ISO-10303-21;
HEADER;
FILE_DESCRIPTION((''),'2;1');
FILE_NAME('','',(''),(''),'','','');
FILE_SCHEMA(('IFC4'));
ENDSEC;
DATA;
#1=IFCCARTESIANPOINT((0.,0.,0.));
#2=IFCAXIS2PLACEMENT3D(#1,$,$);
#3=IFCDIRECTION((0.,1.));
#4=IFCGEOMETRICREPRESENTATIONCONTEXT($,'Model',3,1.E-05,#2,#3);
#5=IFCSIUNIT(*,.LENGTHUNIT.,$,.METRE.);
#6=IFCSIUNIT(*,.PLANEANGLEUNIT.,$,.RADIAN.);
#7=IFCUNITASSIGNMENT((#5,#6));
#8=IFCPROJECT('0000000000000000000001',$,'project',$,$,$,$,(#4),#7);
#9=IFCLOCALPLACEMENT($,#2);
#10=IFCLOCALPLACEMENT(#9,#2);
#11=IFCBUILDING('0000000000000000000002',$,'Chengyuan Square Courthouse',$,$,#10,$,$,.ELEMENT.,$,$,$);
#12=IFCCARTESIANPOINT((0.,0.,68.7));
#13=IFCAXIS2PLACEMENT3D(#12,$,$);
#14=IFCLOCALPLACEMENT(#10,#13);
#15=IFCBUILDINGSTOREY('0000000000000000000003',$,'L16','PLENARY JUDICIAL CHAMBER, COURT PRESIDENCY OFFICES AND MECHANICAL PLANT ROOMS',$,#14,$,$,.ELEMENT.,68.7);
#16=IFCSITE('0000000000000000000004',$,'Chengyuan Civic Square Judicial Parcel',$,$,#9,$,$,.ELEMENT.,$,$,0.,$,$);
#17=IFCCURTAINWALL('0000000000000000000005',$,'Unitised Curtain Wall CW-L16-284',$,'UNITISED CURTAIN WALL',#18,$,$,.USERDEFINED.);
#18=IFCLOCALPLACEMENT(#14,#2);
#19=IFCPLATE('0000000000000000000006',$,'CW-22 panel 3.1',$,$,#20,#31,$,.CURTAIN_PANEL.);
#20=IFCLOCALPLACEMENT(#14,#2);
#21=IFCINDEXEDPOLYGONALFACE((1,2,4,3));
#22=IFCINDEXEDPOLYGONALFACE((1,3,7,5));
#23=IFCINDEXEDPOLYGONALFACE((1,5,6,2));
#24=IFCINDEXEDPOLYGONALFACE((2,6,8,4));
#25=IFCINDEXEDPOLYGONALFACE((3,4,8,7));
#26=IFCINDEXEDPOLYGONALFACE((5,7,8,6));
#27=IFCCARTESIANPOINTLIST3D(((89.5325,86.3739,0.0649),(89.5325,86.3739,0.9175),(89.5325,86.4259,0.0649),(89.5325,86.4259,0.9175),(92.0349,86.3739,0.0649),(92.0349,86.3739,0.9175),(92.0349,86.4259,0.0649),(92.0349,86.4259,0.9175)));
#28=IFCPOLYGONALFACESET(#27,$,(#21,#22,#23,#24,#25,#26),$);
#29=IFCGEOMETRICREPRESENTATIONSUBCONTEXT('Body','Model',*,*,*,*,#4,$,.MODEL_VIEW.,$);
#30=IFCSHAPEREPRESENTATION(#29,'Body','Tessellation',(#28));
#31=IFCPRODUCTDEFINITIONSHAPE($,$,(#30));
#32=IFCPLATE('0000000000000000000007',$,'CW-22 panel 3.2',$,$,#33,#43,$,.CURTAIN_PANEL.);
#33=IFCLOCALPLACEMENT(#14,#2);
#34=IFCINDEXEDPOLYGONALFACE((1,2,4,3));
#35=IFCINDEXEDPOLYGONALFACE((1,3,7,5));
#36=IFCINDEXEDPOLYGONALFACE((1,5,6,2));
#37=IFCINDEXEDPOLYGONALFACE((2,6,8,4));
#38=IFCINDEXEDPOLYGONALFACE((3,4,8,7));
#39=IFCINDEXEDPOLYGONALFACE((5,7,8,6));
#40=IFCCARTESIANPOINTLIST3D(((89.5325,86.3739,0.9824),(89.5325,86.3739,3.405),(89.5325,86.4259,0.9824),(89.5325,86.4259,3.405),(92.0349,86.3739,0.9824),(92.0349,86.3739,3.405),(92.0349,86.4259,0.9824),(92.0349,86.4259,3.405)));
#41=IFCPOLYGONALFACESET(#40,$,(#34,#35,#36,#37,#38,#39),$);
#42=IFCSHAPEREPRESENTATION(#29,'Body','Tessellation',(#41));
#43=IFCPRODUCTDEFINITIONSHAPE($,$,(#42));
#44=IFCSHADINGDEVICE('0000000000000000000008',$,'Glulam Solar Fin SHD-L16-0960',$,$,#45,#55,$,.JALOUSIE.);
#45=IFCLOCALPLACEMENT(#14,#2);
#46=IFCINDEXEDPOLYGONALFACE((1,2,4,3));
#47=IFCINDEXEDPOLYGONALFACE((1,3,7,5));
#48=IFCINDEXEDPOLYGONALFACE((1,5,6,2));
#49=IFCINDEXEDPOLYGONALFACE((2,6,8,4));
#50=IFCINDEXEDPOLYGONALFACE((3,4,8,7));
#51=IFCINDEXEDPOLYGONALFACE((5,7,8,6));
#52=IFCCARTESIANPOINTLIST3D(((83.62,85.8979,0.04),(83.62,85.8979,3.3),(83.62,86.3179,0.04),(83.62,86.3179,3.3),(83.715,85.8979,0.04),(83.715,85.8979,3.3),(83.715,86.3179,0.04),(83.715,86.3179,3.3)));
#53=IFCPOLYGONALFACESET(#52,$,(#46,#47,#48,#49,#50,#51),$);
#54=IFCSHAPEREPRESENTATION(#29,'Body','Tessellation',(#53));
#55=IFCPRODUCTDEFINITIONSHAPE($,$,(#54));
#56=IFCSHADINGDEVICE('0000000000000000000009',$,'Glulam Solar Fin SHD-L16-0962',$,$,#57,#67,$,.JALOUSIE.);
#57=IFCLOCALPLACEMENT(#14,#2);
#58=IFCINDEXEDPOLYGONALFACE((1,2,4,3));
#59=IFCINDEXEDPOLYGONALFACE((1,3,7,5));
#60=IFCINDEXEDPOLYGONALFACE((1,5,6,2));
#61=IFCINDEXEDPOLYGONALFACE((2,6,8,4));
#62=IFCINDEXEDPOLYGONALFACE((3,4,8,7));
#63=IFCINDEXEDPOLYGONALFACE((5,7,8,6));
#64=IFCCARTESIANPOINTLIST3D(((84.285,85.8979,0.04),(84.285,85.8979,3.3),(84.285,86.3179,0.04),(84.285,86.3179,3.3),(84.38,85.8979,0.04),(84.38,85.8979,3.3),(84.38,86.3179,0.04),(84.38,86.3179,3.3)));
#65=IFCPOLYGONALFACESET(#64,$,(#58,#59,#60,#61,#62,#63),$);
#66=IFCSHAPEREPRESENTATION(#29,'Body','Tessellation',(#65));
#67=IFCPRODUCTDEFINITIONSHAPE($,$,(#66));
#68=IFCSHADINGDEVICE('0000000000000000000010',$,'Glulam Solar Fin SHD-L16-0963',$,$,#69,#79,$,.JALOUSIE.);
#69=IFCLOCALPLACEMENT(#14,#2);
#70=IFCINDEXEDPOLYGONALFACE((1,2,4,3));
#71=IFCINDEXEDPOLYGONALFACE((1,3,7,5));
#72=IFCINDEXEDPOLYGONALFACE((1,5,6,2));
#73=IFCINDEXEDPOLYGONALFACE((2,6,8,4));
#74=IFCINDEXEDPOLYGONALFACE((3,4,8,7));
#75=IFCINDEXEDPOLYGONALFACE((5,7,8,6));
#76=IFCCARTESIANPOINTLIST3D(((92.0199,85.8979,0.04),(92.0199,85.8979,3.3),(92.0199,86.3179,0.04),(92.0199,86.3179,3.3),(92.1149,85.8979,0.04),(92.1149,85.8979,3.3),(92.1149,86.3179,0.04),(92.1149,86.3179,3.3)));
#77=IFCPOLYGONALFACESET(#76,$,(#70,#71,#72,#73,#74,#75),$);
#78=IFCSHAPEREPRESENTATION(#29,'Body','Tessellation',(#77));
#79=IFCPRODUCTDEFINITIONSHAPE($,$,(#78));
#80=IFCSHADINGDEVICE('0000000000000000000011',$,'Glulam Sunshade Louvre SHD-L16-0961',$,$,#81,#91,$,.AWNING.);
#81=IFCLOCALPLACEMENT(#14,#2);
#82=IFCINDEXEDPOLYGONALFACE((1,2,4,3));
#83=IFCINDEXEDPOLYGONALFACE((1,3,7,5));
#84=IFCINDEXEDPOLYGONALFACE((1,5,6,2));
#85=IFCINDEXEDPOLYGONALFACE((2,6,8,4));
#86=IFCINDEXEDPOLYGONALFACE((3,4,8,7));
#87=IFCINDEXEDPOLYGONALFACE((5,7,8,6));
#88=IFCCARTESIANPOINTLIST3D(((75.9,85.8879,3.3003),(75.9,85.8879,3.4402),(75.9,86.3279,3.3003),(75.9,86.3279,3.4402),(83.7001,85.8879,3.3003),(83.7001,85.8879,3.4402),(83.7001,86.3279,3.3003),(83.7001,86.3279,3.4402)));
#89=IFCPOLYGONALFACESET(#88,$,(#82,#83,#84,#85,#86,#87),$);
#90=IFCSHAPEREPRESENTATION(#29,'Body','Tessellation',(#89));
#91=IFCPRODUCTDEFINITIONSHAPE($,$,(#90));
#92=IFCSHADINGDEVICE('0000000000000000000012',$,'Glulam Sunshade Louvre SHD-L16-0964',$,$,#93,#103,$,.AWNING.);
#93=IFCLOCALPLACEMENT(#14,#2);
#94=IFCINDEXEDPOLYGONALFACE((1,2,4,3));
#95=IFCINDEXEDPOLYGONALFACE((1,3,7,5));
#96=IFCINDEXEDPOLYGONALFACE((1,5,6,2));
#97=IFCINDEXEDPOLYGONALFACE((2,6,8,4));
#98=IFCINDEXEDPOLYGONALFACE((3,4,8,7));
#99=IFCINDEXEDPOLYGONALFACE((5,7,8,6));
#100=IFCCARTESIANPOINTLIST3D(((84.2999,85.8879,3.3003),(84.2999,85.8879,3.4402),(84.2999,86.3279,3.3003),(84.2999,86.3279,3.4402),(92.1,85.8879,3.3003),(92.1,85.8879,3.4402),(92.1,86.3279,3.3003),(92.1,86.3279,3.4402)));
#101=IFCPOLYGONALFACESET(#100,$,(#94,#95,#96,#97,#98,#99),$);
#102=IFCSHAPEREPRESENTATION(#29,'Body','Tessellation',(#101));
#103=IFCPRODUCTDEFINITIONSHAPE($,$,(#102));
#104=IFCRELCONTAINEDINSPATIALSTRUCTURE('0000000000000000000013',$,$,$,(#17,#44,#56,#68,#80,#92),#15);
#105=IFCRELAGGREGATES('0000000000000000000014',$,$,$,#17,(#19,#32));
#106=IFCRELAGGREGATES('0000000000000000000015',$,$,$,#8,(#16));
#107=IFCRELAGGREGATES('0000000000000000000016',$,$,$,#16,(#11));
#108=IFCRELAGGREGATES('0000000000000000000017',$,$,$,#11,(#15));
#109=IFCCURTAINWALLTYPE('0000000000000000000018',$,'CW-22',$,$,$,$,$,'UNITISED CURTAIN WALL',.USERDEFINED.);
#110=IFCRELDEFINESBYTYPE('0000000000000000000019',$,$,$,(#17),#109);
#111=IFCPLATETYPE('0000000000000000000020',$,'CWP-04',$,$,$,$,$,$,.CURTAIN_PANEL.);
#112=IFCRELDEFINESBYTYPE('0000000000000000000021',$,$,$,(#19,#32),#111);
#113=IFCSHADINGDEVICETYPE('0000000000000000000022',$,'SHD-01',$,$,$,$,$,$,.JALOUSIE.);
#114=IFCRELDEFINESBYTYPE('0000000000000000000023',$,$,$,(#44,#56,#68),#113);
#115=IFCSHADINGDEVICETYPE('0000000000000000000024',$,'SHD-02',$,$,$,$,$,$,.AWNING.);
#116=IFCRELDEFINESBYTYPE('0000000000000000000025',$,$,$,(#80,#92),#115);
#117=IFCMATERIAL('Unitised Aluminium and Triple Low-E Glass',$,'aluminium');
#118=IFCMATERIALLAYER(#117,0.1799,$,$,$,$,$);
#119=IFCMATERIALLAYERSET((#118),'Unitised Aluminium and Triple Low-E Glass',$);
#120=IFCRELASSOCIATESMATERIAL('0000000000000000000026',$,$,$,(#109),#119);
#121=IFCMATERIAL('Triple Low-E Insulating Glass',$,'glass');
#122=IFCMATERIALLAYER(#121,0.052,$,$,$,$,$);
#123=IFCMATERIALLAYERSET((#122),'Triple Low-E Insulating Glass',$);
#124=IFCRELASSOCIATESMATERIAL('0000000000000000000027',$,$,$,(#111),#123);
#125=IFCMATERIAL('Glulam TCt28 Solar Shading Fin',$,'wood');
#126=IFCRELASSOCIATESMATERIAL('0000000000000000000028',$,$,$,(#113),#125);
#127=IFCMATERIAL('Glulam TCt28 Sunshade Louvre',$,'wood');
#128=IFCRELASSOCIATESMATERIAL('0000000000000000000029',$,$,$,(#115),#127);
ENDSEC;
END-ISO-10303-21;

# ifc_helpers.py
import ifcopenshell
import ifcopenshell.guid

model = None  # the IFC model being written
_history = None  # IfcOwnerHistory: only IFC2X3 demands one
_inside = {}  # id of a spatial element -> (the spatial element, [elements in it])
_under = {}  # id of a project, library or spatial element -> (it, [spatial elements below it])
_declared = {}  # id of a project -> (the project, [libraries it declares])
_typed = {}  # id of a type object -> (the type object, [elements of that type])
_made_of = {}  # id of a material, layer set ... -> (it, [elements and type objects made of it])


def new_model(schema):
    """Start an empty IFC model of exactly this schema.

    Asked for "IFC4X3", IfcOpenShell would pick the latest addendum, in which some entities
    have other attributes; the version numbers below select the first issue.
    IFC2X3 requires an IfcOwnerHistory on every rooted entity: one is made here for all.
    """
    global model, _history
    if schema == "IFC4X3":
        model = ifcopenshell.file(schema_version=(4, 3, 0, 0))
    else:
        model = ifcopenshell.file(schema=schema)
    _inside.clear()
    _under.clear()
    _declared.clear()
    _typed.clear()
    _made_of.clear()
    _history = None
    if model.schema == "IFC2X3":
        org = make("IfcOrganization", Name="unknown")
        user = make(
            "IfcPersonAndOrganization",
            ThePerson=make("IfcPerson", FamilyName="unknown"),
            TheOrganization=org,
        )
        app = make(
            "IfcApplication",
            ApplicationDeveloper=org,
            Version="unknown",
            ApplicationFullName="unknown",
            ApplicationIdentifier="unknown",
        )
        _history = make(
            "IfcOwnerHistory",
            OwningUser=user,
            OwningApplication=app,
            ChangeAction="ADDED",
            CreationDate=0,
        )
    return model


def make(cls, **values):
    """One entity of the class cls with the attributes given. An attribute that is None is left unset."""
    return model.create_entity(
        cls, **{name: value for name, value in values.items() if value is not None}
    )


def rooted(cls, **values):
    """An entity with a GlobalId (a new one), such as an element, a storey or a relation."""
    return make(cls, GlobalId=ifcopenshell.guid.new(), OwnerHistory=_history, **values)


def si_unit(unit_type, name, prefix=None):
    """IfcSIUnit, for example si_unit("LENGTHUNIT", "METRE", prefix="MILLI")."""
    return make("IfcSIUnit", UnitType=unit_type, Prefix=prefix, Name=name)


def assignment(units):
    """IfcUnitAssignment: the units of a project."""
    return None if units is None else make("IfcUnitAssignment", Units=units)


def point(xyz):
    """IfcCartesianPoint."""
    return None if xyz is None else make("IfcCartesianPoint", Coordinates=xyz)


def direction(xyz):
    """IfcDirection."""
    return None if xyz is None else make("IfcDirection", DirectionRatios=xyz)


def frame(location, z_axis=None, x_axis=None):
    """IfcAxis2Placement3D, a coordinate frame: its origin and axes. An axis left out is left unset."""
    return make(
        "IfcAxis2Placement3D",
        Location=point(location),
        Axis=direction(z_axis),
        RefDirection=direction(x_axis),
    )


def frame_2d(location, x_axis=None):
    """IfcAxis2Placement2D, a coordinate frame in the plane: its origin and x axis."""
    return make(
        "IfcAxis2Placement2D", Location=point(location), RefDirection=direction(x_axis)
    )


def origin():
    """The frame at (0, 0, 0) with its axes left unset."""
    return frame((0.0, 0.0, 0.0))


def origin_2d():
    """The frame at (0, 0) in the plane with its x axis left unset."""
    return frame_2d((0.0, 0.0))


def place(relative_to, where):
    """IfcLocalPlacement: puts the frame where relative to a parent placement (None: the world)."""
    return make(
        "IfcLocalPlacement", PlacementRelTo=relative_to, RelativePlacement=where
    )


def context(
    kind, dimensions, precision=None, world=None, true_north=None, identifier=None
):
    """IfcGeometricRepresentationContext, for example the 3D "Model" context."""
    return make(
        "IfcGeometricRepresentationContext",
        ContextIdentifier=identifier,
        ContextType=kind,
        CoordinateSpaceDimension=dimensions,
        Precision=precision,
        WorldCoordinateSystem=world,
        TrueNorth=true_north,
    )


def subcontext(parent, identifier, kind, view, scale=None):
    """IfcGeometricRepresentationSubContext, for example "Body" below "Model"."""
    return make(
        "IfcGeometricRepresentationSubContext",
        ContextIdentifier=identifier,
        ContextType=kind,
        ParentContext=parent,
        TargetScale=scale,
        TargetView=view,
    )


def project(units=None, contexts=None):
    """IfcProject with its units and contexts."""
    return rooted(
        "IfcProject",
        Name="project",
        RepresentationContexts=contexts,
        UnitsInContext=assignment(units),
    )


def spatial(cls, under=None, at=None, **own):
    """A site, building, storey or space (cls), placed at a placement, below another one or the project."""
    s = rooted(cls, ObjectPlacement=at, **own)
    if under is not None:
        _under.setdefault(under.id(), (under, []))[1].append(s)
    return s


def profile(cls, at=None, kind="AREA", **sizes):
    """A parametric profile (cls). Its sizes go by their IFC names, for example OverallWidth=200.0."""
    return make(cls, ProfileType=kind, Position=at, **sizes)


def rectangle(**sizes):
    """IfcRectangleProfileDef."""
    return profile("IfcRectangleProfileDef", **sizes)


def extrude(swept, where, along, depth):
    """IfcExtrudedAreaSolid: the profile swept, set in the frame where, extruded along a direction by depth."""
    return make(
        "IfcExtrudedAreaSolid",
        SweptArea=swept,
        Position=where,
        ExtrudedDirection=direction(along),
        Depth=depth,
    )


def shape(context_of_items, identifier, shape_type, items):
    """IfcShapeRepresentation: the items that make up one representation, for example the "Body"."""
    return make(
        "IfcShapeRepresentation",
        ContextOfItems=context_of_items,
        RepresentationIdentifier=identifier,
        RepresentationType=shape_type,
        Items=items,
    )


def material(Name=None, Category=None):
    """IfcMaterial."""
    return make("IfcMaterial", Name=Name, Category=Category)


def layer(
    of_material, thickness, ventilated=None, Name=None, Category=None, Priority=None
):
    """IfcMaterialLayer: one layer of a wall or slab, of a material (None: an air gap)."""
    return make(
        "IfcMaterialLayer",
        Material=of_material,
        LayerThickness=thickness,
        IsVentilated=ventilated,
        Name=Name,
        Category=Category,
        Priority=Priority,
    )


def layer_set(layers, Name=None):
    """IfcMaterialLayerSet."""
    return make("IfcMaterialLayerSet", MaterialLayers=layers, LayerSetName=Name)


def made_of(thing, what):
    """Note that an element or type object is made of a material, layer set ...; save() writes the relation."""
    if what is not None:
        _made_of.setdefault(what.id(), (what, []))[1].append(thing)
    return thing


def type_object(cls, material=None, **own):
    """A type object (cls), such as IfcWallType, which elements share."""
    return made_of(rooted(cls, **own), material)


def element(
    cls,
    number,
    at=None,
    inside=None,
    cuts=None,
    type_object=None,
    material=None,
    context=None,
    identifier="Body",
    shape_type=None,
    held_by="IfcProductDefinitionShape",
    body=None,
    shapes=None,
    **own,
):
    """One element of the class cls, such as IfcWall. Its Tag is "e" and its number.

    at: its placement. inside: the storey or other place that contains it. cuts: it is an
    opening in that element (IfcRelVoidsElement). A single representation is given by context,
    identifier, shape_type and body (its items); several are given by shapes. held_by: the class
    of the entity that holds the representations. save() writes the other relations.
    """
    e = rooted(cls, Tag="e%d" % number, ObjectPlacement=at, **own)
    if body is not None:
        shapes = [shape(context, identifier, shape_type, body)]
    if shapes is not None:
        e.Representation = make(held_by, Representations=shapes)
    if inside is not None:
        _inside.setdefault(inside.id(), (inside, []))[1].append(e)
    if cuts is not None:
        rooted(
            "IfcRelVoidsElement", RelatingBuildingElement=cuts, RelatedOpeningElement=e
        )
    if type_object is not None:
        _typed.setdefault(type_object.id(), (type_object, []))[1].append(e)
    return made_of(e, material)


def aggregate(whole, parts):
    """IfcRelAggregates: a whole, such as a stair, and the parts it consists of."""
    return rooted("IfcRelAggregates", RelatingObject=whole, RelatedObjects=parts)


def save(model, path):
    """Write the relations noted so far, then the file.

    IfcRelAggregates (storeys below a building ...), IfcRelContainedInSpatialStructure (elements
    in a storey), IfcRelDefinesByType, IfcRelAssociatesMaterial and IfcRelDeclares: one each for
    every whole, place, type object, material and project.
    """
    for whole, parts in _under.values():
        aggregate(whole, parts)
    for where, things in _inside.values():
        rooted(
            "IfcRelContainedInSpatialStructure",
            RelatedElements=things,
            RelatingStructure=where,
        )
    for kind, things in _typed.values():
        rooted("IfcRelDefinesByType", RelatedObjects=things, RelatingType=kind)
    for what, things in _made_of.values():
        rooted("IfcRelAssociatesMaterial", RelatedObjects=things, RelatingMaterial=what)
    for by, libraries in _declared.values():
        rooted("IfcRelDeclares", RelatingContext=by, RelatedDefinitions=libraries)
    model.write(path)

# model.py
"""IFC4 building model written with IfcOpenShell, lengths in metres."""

from ifc_helpers import new_model, si_unit, direction, frame, origin, origin_2d, place, context, subcontext, project, spatial, rectangle, extrude, material, layer, layer_set, type_object, element, aggregate, save


model = new_model("IFC4")

# Units and contexts
model_context = context("Model", 3, precision=1e-05, world=origin(), true_north=direction((0.0, 1.0)))
body_context = subcontext(model_context, "Body", "Model", "MODEL_VIEW")
ifc_project = project(units=[si_unit("LENGTHUNIT", "METRE"), si_unit("PLANEANGLEUNIT", "RADIAN")], contexts=[model_context])

# Site, building, storey
site_placement = place(None, origin())
site = spatial("IfcSite", under=ifc_project, at=site_placement, Name="Chengyuan Civic Square Judicial Parcel", CompositionType="ELEMENT", RefElevation=0.0)
building_placement = place(site_placement, origin())
building = spatial("IfcBuilding", under=site, at=building_placement, Name="Chengyuan Square Courthouse", CompositionType="ELEMENT")
storey_placement = place(building_placement, frame((0.0, 0.0, 68.7)))
storey = spatial("IfcBuildingStorey", under=building, at=storey_placement, Name="L16", Description="PLENARY JUDICIAL CHAMBER, COURT PRESIDENCY OFFICES AND MECHANICAL PLANT ROOMS", CompositionType="ELEMENT", Elevation=68.7)

# Curtain wall
ifc_material_1 = material(Name="Unitised Aluminium and Triple Low-E Glass", Category="aluminium")
ifc_layer_1 = layer(ifc_material_1, 0.1799)
ifc_layer_set_1 = layer_set([ifc_layer_1], Name="Unitised Aluminium and Triple Low-E Glass")
curtain_wall_type = type_object("IfcCurtainWallType", Name="CW-22", ElementType="UNITISED CURTAIN WALL", PredefinedType="USERDEFINED", material=ifc_layer_set_1)
curtain_wall_1_placement = place(storey_placement, origin())
curtain_wall_1 = element("IfcCurtainWall", 1, at=curtain_wall_1_placement, inside=storey, type_object=curtain_wall_type, Name="Unitised Curtain Wall CW-L16-284", ObjectType="UNITISED CURTAIN WALL", PredefinedType="USERDEFINED")

# Plates
ifc_material_2 = material(Name="Triple Low-E Insulating Glass", Category="glass")
ifc_layer_2 = layer(ifc_material_2, 0.052)
ifc_layer_set_2 = layer_set([ifc_layer_2], Name="Triple Low-E Insulating Glass")
plate_type = type_object("IfcPlateType", Name="CWP-04", PredefinedType="CURTAIN_PANEL", material=ifc_layer_set_2)
plate_1_placement = place(storey_placement, frame((90.7837, 86.3999, 0.0649), z_axis=(0.0, 0.0, 1.0), x_axis=(1.0, 0.0, 0.0)))
plate_1 = element("IfcPlate", 2, at=plate_1_placement, type_object=plate_type, Name="CW-22 panel 3.1", PredefinedType="CURTAIN_PANEL", context=body_context, shape_type="SweptSolid", body=[
    extrude(rectangle(XDim=2.5024, YDim=0.052, at=origin_2d()), origin(), (0.0, 0.0, 1.0), 0.8525),
])
plate_2_placement = place(storey_placement, frame((90.7837, 86.3999, 0.9824), z_axis=(0.0, 0.0, 1.0), x_axis=(1.0, 0.0, 0.0)))
plate_2 = element("IfcPlate", 3, at=plate_2_placement, type_object=plate_type, Name="CW-22 panel 3.2", PredefinedType="CURTAIN_PANEL", context=body_context, shape_type="SweptSolid", body=[
    extrude(rectangle(XDim=2.5024, YDim=0.052, at=origin_2d()), origin(), (0.0, 0.0, 1.0), 2.4226),
])
aggregate(curtain_wall_1, [plate_1, plate_2])

# Shading devices
ifc_material_3 = material(Name="Glulam TCt28 Solar Shading Fin", Category="wood")
shading_device_type_1 = type_object("IfcShadingDeviceType", Name="SHD-01", PredefinedType="JALOUSIE", material=ifc_material_3)
for number, where, z_axis, x_axis, name in (
    (4, (83.6675, 86.1079, 0.04), (0.0, 0.0, 1.0), (0.0, 1.0, 0.0), "Glulam Solar Fin SHD-L16-0960"),
    (5, (84.3325, 86.1079, 0.04), (0.0, 0.0, 1.0), (0.0, 1.0, 0.0), "Glulam Solar Fin SHD-L16-0962"),
    (6, (92.0674, 86.1079, 0.04), (0.0, 0.0, 1.0), (0.0, 1.0, 0.0), "Glulam Solar Fin SHD-L16-0963"),
):
    element("IfcShadingDevice", number, at=place(storey_placement, frame(where, z_axis=z_axis, x_axis=x_axis)), inside=storey, type_object=shading_device_type_1, Name=name, PredefinedType="JALOUSIE", context=body_context, shape_type="SweptSolid", body=[
        extrude(rectangle(XDim=0.4199, YDim=0.095, at=origin_2d()), origin(), (0.0, 0.0, 1.0), 3.26),
    ])
ifc_material_4 = material(Name="Glulam TCt28 Sunshade Louvre", Category="wood")
shading_device_type_2 = type_object("IfcShadingDeviceType", Name="SHD-02", PredefinedType="AWNING", material=ifc_material_4)
for number, where, z_axis, x_axis, name in (
    (7, (79.8, 86.1079, 3.3003), (0.0, 0.0, 1.0), (1.0, 0.0, 0.0), "Glulam Sunshade Louvre SHD-L16-0961"),
    (8, (88.2, 86.1079, 3.3003), (0.0, 0.0, 1.0), (1.0, 0.0, 0.0), "Glulam Sunshade Louvre SHD-L16-0964"),
):
    element("IfcShadingDevice", number, at=place(storey_placement, frame(where, z_axis=z_axis, x_axis=x_axis)), inside=storey, type_object=shading_device_type_2, Name=name, PredefinedType="AWNING", context=body_context, shape_type="SweptSolid", body=[
        extrude(rectangle(XDim=7.8, YDim=0.4399, at=origin_2d()), origin(), (0.0, 0.0, 1.0), 0.1399),
    ])

save(model, "model.ifc")
